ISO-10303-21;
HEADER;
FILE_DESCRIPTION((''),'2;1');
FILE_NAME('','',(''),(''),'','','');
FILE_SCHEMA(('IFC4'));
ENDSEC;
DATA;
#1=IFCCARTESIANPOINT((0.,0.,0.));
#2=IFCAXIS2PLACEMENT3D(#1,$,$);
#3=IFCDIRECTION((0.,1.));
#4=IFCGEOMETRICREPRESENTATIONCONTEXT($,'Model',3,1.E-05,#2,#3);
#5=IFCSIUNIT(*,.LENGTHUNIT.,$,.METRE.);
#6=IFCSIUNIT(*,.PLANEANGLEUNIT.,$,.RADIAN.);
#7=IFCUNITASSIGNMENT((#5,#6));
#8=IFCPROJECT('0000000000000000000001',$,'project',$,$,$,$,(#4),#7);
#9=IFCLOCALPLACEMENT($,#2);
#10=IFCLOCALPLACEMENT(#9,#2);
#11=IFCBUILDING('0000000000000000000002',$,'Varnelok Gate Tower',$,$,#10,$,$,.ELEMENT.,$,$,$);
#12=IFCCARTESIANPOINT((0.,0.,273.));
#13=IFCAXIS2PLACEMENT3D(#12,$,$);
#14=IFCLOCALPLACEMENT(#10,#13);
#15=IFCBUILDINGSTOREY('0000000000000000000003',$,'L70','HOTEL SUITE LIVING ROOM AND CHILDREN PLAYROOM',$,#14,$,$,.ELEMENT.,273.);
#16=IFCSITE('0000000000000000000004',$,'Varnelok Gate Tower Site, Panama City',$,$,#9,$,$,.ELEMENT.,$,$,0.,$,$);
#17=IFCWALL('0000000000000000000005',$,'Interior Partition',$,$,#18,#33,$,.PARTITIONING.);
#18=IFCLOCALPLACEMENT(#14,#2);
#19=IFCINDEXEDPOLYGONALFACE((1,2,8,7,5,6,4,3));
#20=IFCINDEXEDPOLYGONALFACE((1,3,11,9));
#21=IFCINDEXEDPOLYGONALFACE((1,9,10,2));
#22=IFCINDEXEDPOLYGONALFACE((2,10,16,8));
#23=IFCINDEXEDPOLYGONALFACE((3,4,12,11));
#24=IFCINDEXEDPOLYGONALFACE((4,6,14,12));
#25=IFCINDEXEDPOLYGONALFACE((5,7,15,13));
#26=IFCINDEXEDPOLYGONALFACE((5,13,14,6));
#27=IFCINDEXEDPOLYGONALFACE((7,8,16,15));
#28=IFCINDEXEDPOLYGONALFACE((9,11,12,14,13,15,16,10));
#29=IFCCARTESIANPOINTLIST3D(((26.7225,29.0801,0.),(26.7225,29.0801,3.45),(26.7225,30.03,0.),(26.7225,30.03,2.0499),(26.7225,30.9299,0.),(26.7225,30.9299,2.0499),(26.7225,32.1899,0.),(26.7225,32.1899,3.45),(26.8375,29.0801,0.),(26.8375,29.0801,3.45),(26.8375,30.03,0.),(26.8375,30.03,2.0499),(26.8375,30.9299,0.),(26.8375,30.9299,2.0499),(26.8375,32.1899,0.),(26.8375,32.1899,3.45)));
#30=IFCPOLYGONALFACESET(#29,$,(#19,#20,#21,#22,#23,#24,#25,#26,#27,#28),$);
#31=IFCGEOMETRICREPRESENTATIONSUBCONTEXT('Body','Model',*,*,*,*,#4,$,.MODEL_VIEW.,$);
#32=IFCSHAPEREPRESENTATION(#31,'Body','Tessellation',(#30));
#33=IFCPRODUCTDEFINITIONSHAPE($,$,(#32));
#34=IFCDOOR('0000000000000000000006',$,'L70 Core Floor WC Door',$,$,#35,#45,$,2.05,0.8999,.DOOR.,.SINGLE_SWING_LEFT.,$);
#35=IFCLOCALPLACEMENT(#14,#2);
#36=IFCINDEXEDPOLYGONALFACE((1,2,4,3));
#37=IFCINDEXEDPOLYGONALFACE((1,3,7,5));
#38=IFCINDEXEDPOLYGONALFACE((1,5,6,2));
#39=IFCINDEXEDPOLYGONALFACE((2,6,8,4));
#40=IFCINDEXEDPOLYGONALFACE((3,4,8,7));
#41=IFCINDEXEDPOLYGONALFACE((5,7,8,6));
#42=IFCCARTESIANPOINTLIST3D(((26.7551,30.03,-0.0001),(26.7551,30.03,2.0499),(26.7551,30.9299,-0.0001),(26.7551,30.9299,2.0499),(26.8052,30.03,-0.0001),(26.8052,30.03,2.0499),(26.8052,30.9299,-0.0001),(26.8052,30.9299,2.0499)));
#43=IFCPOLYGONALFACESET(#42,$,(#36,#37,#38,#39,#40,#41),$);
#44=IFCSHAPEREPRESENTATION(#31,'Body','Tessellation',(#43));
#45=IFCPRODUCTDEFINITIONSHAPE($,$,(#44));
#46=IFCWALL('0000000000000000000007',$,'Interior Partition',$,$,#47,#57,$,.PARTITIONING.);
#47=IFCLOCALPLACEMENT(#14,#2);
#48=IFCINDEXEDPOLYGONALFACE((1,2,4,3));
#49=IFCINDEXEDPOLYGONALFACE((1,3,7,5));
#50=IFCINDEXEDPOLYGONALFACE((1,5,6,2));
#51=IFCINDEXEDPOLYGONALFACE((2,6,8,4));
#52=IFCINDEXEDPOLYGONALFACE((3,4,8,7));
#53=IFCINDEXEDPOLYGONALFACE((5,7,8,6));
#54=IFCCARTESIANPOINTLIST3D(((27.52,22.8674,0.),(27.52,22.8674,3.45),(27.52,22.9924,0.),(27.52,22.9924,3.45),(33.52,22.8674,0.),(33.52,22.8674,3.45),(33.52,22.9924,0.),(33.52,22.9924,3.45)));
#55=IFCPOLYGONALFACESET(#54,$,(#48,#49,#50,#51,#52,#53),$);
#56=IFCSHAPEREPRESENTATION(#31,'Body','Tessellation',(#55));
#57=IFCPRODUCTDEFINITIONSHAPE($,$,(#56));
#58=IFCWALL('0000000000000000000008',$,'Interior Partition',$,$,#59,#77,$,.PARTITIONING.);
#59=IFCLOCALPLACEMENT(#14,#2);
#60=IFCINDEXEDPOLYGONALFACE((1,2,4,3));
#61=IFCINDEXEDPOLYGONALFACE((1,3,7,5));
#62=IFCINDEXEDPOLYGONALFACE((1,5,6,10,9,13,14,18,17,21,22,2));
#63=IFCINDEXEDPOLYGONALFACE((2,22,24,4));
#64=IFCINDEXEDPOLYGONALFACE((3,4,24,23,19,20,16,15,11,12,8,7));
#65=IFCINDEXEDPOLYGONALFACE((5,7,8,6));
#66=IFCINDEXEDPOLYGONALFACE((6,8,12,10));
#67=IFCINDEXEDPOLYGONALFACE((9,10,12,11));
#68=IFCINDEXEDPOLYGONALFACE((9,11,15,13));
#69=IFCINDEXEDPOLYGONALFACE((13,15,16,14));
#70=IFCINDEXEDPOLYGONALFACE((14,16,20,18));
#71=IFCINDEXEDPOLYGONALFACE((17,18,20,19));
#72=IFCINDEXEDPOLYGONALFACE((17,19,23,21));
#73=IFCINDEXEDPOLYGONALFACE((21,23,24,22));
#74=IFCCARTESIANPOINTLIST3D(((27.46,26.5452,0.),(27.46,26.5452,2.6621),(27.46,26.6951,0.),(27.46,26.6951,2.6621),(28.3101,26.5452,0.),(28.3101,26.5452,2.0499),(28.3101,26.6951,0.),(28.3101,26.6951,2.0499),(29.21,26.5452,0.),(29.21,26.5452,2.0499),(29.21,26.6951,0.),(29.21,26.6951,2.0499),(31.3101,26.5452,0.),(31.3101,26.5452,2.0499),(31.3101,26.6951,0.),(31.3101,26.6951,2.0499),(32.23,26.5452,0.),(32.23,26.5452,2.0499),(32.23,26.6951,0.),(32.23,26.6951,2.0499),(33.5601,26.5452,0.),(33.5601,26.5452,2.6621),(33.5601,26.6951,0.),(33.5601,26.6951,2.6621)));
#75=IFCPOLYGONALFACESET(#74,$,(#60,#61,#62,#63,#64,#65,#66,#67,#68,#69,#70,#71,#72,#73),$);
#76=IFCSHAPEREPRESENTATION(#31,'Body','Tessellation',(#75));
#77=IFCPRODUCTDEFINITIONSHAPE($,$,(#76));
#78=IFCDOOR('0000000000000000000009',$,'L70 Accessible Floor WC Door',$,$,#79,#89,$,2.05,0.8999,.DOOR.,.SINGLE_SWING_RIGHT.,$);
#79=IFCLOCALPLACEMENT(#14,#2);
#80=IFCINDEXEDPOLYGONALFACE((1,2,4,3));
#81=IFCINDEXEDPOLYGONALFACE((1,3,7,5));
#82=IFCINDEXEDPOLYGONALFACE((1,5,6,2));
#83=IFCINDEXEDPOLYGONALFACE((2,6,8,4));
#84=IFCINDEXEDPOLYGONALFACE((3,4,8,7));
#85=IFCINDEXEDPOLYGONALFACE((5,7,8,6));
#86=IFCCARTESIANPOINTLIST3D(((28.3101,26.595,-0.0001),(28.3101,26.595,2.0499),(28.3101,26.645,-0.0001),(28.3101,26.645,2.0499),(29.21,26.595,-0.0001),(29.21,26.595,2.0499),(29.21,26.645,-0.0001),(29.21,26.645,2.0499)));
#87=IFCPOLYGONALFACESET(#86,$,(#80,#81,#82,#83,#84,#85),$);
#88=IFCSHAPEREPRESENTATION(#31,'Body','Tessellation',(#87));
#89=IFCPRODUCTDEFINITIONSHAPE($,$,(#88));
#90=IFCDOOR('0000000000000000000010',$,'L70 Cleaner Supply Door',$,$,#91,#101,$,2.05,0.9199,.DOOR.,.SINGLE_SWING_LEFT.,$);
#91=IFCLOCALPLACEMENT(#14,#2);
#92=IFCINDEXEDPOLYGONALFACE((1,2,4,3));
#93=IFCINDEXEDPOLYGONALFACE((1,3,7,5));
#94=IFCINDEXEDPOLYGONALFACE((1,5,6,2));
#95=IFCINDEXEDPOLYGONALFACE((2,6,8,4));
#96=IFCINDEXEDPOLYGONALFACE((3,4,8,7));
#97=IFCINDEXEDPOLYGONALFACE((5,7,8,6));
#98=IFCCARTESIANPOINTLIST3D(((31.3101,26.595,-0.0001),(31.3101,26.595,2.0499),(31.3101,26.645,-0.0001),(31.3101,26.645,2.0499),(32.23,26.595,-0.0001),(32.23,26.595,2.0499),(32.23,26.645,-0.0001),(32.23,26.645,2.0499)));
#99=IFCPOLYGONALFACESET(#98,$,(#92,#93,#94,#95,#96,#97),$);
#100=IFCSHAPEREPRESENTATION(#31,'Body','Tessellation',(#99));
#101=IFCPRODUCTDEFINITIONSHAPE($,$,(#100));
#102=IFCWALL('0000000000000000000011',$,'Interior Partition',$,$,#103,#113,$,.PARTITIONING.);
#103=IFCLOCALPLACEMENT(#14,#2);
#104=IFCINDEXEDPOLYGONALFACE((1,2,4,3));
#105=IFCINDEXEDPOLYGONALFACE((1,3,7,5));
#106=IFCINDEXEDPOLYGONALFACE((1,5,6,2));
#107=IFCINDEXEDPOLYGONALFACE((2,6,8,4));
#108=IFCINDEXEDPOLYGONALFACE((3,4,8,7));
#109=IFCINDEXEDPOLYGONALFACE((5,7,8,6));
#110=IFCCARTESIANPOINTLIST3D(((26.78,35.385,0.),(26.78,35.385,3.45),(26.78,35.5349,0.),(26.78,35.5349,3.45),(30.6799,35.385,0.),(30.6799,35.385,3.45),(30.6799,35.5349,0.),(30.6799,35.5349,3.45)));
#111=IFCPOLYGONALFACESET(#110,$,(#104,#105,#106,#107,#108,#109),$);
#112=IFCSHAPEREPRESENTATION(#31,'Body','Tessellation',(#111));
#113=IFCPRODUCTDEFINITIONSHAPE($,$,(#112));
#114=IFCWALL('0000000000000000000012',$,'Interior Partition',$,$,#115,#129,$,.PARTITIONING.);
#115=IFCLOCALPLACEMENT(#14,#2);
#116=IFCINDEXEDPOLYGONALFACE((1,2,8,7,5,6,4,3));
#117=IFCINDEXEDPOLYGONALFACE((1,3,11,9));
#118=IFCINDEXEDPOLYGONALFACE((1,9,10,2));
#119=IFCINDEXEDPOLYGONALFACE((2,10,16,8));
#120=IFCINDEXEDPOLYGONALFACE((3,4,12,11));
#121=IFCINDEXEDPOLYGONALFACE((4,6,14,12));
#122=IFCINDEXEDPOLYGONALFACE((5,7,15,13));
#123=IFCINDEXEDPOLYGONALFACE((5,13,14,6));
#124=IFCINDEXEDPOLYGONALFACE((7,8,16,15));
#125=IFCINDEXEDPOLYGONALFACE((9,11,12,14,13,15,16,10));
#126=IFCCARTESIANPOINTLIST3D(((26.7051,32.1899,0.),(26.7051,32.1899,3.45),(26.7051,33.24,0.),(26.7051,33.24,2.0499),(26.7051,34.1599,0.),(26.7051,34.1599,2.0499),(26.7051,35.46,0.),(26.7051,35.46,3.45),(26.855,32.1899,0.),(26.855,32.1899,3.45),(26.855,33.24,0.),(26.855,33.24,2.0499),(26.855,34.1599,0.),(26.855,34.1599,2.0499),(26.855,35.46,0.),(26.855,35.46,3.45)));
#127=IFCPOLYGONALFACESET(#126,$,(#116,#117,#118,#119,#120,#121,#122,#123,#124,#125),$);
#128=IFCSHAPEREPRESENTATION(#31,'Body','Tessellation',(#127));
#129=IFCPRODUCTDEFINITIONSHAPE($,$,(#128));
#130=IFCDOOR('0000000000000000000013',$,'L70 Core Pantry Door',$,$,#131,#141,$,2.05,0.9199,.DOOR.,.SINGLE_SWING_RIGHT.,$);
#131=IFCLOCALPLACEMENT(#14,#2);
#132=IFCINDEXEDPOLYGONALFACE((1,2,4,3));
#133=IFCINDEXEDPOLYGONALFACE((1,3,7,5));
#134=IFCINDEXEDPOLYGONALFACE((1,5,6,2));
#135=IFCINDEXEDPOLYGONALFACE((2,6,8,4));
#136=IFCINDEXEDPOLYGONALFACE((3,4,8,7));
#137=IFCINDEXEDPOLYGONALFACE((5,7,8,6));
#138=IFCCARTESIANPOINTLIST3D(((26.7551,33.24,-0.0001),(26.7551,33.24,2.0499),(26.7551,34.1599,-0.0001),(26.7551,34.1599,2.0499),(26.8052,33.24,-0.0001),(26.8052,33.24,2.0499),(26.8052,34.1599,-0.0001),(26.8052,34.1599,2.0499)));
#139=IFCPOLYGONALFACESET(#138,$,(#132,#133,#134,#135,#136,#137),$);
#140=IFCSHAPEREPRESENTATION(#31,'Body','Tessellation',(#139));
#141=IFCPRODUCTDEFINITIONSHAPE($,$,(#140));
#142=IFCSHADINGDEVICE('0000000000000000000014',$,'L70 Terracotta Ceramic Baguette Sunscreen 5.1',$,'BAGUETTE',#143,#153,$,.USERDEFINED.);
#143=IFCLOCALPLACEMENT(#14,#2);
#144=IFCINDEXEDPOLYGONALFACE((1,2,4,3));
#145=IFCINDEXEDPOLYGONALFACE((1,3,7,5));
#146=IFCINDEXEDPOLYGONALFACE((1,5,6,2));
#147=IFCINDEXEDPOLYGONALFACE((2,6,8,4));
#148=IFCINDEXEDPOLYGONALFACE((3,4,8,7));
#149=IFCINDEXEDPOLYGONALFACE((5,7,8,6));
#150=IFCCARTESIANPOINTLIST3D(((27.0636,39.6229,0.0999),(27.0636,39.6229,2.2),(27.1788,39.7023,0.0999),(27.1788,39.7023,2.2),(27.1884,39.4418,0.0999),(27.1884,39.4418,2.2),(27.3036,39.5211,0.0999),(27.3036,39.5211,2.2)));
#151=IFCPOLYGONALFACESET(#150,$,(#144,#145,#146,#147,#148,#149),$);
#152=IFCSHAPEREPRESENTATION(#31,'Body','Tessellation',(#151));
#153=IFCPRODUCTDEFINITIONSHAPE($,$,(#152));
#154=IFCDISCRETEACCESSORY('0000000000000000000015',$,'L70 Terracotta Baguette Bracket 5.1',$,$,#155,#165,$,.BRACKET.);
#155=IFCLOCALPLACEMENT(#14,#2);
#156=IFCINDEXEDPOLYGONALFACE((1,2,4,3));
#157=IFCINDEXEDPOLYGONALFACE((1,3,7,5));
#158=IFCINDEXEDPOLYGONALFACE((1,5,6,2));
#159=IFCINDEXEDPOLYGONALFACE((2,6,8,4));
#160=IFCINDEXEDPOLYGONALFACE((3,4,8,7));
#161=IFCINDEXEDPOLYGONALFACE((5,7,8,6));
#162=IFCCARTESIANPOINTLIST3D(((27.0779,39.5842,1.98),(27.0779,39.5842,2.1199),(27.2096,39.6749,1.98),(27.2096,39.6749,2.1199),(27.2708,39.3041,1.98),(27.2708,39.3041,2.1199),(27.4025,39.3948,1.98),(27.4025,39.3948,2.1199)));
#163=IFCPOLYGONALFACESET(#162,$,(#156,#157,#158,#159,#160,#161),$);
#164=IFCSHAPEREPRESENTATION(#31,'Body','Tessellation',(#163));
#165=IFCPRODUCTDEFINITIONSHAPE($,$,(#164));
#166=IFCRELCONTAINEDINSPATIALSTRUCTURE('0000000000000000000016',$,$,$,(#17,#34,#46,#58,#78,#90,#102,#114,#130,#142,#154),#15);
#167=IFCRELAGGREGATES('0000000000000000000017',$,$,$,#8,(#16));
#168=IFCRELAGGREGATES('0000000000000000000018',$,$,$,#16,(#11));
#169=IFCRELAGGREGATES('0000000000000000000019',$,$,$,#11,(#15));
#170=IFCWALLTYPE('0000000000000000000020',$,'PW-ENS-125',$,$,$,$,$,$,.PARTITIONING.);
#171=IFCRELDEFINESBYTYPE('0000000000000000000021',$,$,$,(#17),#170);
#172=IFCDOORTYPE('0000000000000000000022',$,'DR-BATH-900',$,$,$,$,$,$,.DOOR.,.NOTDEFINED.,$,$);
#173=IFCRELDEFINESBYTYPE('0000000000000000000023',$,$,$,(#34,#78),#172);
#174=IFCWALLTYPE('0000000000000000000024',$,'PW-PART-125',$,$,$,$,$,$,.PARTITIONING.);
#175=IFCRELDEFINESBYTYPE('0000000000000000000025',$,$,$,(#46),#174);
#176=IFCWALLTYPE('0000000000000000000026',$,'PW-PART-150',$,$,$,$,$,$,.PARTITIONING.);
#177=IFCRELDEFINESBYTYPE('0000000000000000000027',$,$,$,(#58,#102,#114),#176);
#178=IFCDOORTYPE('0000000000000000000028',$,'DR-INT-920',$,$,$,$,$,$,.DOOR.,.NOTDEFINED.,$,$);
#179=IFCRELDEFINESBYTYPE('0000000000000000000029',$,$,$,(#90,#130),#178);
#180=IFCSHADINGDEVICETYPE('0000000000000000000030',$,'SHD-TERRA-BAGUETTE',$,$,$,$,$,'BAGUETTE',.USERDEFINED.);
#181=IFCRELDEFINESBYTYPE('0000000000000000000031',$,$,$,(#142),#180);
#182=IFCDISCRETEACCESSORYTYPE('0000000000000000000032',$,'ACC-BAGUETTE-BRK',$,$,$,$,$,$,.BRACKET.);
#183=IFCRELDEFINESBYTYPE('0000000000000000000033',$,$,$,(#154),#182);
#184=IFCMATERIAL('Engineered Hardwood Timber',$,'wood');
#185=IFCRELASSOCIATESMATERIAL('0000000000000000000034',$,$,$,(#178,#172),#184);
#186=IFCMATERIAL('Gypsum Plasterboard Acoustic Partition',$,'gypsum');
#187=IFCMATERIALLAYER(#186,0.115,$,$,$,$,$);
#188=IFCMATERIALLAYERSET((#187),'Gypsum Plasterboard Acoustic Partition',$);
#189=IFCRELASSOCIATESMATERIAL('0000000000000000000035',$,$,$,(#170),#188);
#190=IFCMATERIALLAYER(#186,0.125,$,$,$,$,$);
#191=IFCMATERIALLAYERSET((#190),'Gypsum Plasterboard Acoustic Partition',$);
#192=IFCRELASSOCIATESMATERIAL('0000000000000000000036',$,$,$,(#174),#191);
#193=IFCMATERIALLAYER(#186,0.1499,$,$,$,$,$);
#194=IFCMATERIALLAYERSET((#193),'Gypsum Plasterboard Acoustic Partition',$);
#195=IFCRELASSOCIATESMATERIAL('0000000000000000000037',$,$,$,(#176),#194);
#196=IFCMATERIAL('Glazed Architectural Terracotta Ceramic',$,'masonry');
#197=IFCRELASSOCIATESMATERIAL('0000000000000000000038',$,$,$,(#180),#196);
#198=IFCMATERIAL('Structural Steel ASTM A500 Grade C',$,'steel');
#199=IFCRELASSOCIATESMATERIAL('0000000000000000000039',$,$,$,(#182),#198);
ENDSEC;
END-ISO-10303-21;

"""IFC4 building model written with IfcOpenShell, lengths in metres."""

from ifc_helpers import new_model, si_unit, direction, frame, frame_2d, origin, origin_2d, place, context, subcontext, project, spatial, rectangle, extrude, source, transform, mapped, material, layer, layer_set, type_object, element, fill, save


model = new_model("IFC4")

# Units and contexts
model_context = context("Model", 3, precision=1e-05, world=origin(), true_north=direction((0.0, 1.0)))
body_context = subcontext(model_context, "Body", "Model", "MODEL_VIEW")
ifc_project = project(units=[si_unit("LENGTHUNIT", "METRE"), si_unit("PLANEANGLEUNIT", "RADIAN")], contexts=[model_context])

# Site, building, storey
site_placement = place(None, origin())
site = spatial("IfcSite", under=ifc_project, at=site_placement, Name="Varnelok Gate Tower Site, Panama City", CompositionType="ELEMENT", RefElevation=0.0)
building_placement = place(site_placement, origin())
building = spatial("IfcBuilding", under=site, at=building_placement, Name="Varnelok Gate Tower", CompositionType="ELEMENT")
storey_placement = place(building_placement, frame((0.0, 0.0, 273.0)))
storey = spatial("IfcBuildingStorey", under=building, at=storey_placement, Name="L70", Description="HOTEL SUITE LIVING ROOM AND CHILDREN PLAYROOM", CompositionType="ELEMENT", Elevation=273.0)

# Shared definitions
ifc_material_1 = material(Name="Gypsum Plasterboard Acoustic Partition", Category="gypsum")
ifc_material_2 = material(Name="Engineered Hardwood Timber", Category="wood")
door_type_1 = type_object("IfcDoorType", Name="DR-INT-920", OperationType="NOTDEFINED", PredefinedType="DOOR", material=ifc_material_2)

# Shared definitions
ifc_layer_1 = layer(ifc_material_1, 0.115)
ifc_layer_set_1 = layer_set([ifc_layer_1], Name="Gypsum Plasterboard Acoustic Partition")
wall_type_1 = type_object("IfcWallType", Name="PW-ENS-125", PredefinedType="PARTITIONING", material=ifc_layer_set_1)

# Wall, opening, door
wall_1_placement = place(storey_placement, frame((26.78, 29.0801, 0.0), z_axis=(0.0, 0.0, 1.0), x_axis=(0.0, 1.0, 0.0)))
wall_1 = element("IfcWall", 1, at=wall_1_placement, inside=storey, type_object=wall_type_1, Name="Interior Partition", PredefinedType="PARTITIONING", context=body_context, shape_type="SweptSolid", body=[
    extrude(rectangle(XDim=3.1099, YDim=0.115, at=frame_2d((1.5549, 0.0))), origin(), (0.0, 0.0, 1.0), 3.45),
])
opening_1_placement = place(wall_1_placement, frame((0.95, 0.0, 0.0)))
opening_1 = element("IfcOpeningElement", 2, at=opening_1_placement, cuts=wall_1, PredefinedType="OPENING", context=body_context, shape_type="SweptSolid", body=[
    extrude(rectangle(XDim=0.8999, YDim=2.05, at=frame_2d((0.45, 1.0249))), frame((0.0, 0.0674, 0.0), z_axis=(0.0, -1.0, 0.0), x_axis=(1.0, 0.0, 0.0)), (0.0, 0.0, 1.0), 0.135),
])
door_type_2 = type_object("IfcDoorType", Name="DR-BATH-900", OperationType="NOTDEFINED", PredefinedType="DOOR", material=ifc_material_2)
door_1_placement = place(opening_1_placement, origin())
door_1 = element("IfcDoor", 3, at=door_1_placement, inside=storey, type_object=door_type_2, Name="L70 Core Floor WC Door", OperationType="SINGLE_SWING_LEFT", OverallHeight=2.05, OverallWidth=0.8999, PredefinedType="DOOR", context=body_context, shape_type="SweptSolid", body=[
    extrude(rectangle(XDim=0.8999, YDim=2.05, at=frame_2d((0.45, 1.0249))), frame((0.0, 0.0249, 0.0), z_axis=(0.0, -1.0, 0.0), x_axis=(1.0, 0.0, 0.0)), (0.0, 0.0, 1.0), 0.05),
])
fill(opening_1, door_1)

# Wall
ifc_layer_2 = layer(ifc_material_1, 0.125)
ifc_layer_set_2 = layer_set([ifc_layer_2], Name="Gypsum Plasterboard Acoustic Partition")
wall_type_2 = type_object("IfcWallType", Name="PW-PART-125", PredefinedType="PARTITIONING", material=ifc_layer_set_2)
wall_2_placement = place(storey_placement, frame((27.52, 22.9299, 0.0), z_axis=(0.0, 0.0, 1.0), x_axis=(1.0, 0.0, 0.0)))
element("IfcWall", 4, at=wall_2_placement, inside=storey, type_object=wall_type_2, Name="Interior Partition", PredefinedType="PARTITIONING", context=body_context, shape_type="SweptSolid", body=[
    extrude(rectangle(XDim=6.0, YDim=0.125, at=frame_2d((3.0, 0.0))), origin(), (0.0, 0.0, 1.0), 3.45),
])

# Wall, openings, doors
ifc_layer_3 = layer(ifc_material_1, 0.1499)
ifc_layer_set_3 = layer_set([ifc_layer_3], Name="Gypsum Plasterboard Acoustic Partition")
wall_type_3 = type_object("IfcWallType", Name="PW-PART-150", PredefinedType="PARTITIONING", material=ifc_layer_set_3)
wall_3_placement = place(storey_placement, frame((27.46, 26.6201, 0.0), z_axis=(0.0, 0.0, 1.0), x_axis=(1.0, 0.0, 0.0)))
wall_3 = element("IfcWall", 5, at=wall_3_placement, inside=storey, type_object=wall_type_3, Name="Interior Partition", PredefinedType="PARTITIONING", context=body_context, shape_type="SweptSolid", body=[
    extrude(rectangle(XDim=6.1001, YDim=0.1499, at=frame_2d((3.05, 0.0))), origin(), (0.0, 0.0, 1.0), 2.6621),
])
opening_2_placement = place(wall_3_placement, frame((0.8501, 0.0, 0.0)))
opening_2 = element("IfcOpeningElement", 6, at=opening_2_placement, cuts=wall_3, PredefinedType="OPENING", context=body_context, shape_type="SweptSolid", body=[
    extrude(rectangle(XDim=0.8999, YDim=2.05, at=frame_2d((0.45, 1.0249))), frame((0.0, 0.085, 0.0), z_axis=(0.0, -1.0, 0.0), x_axis=(1.0, 0.0, 0.0)), (0.0, 0.0, 1.0), 0.1699),
])
opening_3_placement = place(wall_3_placement, frame((3.8501, 0.0, 0.0)))
opening_3 = element("IfcOpeningElement", 7, at=opening_3_placement, cuts=wall_3, PredefinedType="OPENING", context=body_context, shape_type="SweptSolid", body=[
    extrude(rectangle(XDim=0.9199, YDim=2.05, at=frame_2d((0.46, 1.0249))), frame((0.0, 0.085, 0.0), z_axis=(0.0, -1.0, 0.0), x_axis=(1.0, 0.0, 0.0)), (0.0, 0.0, 1.0), 0.1699),
])
door_2_placement = place(opening_2_placement, origin())
door_2 = element("IfcDoor", 8, at=door_2_placement, inside=storey, type_object=door_type_2, Name="L70 Accessible Floor WC Door", OperationType="SINGLE_SWING_RIGHT", OverallHeight=2.05, OverallWidth=0.8999, PredefinedType="DOOR", context=body_context, shape_type="SweptSolid", body=[
    extrude(rectangle(XDim=0.8999, YDim=2.05, at=frame_2d((0.45, 1.0249))), frame((0.0, 0.0249, 0.0), z_axis=(0.0, -1.0, 0.0), x_axis=(1.0, 0.0, 0.0)), (0.0, 0.0, 1.0), 0.05),
])
fill(opening_2, door_2)
door_3_placement = place(opening_3_placement, origin())
door_3 = element("IfcDoor", 9, at=door_3_placement, inside=storey, type_object=door_type_1, Name="L70 Cleaner Supply Door", OperationType="SINGLE_SWING_LEFT", OverallHeight=2.05, OverallWidth=0.9199, PredefinedType="DOOR", context=body_context, shape_type="SweptSolid", body=[
    extrude(rectangle(XDim=0.9199, YDim=2.05, at=frame_2d((0.46, 1.0249))), frame((0.0, 0.0249, 0.0), z_axis=(0.0, -1.0, 0.0), x_axis=(1.0, 0.0, 0.0)), (0.0, 0.0, 1.0), 0.05),
])
fill(opening_3, door_3)

# Wall
wall_4_placement = place(storey_placement, frame((26.78, 35.46, 0.0), z_axis=(0.0, 0.0, 1.0), x_axis=(1.0, 0.0, 0.0)))
element("IfcWall", 10, at=wall_4_placement, inside=storey, type_object=wall_type_3, Name="Interior Partition", PredefinedType="PARTITIONING", context=body_context, shape_type="SweptSolid", body=[
    extrude(rectangle(XDim=3.8999, YDim=0.1499, at=frame_2d((1.95, 0.0))), origin(), (0.0, 0.0, 1.0), 3.45),
])

# Wall, opening, door
wall_5_placement = place(storey_placement, frame((26.78, 32.1899, 0.0), z_axis=(0.0, 0.0, 1.0), x_axis=(0.0, 1.0, 0.0)))
wall_5 = element("IfcWall", 11, at=wall_5_placement, inside=storey, type_object=wall_type_3, Name="Interior Partition", PredefinedType="PARTITIONING", context=body_context, shape_type="SweptSolid", body=[
    extrude(rectangle(XDim=3.27, YDim=0.1499, at=frame_2d((1.635, 0.0))), origin(), (0.0, 0.0, 1.0), 3.45),
])
opening_4_placement = place(wall_5_placement, frame((1.05, 0.0, 0.0)))
opening_4 = element("IfcOpeningElement", 12, at=opening_4_placement, cuts=wall_5, PredefinedType="OPENING", context=body_context, shape_type="SweptSolid", body=[
    extrude(rectangle(XDim=0.9199, YDim=2.05, at=frame_2d((0.46, 1.0249))), frame((0.0, 0.085, 0.0), z_axis=(0.0, -1.0, 0.0), x_axis=(1.0, 0.0, 0.0)), (0.0, 0.0, 1.0), 0.1699),
])
door_4_placement = place(opening_4_placement, origin())
door_4 = element("IfcDoor", 13, at=door_4_placement, inside=storey, type_object=door_type_1, Name="L70 Core Pantry Door", OperationType="SINGLE_SWING_RIGHT", OverallHeight=2.05, OverallWidth=0.9199, PredefinedType="DOOR", context=body_context, shape_type="SweptSolid", body=[
    extrude(rectangle(XDim=0.9199, YDim=2.05, at=frame_2d((0.46, 1.0249))), frame((0.0, 0.0249, 0.0), z_axis=(0.0, -1.0, 0.0), x_axis=(1.0, 0.0, 0.0)), (0.0, 0.0, 1.0), 0.05),
])
fill(opening_4, door_4)

# Shading device
ifc_material_3 = material(Name="Glazed Architectural Terracotta Ceramic", Category="masonry")
shading_device_type = type_object("IfcShadingDeviceType", Name="SHD-TERRA-BAGUETTE", ElementType="BAGUETTE", PredefinedType="USERDEFINED", material=ifc_material_3)
shared_shape_1 = source(origin(), body_context, "Body", "SweptSolid", [
    extrude(rectangle(XDim=0.1399, YDim=0.22, at=origin_2d()), origin(), (0.0, 0.0, 1.0), 2.1001),
])
shading_device_placement = place(storey_placement, frame((27.1836, 39.572, 0.0999), z_axis=(0.0, 0.0, 1.0), x_axis=(0.823533, 0.567269, 0.0)))
element("IfcShadingDevice", 14, at=shading_device_placement, inside=storey, type_object=shading_device_type, Name="L70 Terracotta Ceramic Baguette Sunscreen 5.1", ObjectType="BAGUETTE", PredefinedType="USERDEFINED", context=body_context, shape_type="MappedRepresentation", body=[
    mapped(shared_shape_1, transform((0.0, 0.0, 0.0), scale=1.0)),
])

# Discrete accessory
ifc_material_4 = material(Name="Structural Steel ASTM A500 Grade C", Category="steel")
discrete_accessory_type = type_object("IfcDiscreteAccessoryType", Name="ACC-BAGUETTE-BRK", PredefinedType="BRACKET", material=ifc_material_4)
shared_shape_2 = source(origin(), body_context, "Body", "SweptSolid", [
    extrude(rectangle(XDim=0.1599, YDim=0.3401, at=origin_2d()), origin(), (0.0, 0.0, 1.0), 0.1399),
])
discrete_accessory_placement = place(storey_placement, frame((27.2402, 39.4895, 1.98), z_axis=(0.0, 0.0, 1.0), x_axis=(0.823533, 0.567269, 0.0)))
element("IfcDiscreteAccessory", 15, at=discrete_accessory_placement, inside=storey, type_object=discrete_accessory_type, Name="L70 Terracotta Baguette Bracket 5.1", PredefinedType="BRACKET", context=body_context, shape_type="MappedRepresentation", body=[
    mapped(shared_shape_2, transform((0.0, 0.0, 0.0), scale=1.0)),
])

save(model, "model.ifc")
